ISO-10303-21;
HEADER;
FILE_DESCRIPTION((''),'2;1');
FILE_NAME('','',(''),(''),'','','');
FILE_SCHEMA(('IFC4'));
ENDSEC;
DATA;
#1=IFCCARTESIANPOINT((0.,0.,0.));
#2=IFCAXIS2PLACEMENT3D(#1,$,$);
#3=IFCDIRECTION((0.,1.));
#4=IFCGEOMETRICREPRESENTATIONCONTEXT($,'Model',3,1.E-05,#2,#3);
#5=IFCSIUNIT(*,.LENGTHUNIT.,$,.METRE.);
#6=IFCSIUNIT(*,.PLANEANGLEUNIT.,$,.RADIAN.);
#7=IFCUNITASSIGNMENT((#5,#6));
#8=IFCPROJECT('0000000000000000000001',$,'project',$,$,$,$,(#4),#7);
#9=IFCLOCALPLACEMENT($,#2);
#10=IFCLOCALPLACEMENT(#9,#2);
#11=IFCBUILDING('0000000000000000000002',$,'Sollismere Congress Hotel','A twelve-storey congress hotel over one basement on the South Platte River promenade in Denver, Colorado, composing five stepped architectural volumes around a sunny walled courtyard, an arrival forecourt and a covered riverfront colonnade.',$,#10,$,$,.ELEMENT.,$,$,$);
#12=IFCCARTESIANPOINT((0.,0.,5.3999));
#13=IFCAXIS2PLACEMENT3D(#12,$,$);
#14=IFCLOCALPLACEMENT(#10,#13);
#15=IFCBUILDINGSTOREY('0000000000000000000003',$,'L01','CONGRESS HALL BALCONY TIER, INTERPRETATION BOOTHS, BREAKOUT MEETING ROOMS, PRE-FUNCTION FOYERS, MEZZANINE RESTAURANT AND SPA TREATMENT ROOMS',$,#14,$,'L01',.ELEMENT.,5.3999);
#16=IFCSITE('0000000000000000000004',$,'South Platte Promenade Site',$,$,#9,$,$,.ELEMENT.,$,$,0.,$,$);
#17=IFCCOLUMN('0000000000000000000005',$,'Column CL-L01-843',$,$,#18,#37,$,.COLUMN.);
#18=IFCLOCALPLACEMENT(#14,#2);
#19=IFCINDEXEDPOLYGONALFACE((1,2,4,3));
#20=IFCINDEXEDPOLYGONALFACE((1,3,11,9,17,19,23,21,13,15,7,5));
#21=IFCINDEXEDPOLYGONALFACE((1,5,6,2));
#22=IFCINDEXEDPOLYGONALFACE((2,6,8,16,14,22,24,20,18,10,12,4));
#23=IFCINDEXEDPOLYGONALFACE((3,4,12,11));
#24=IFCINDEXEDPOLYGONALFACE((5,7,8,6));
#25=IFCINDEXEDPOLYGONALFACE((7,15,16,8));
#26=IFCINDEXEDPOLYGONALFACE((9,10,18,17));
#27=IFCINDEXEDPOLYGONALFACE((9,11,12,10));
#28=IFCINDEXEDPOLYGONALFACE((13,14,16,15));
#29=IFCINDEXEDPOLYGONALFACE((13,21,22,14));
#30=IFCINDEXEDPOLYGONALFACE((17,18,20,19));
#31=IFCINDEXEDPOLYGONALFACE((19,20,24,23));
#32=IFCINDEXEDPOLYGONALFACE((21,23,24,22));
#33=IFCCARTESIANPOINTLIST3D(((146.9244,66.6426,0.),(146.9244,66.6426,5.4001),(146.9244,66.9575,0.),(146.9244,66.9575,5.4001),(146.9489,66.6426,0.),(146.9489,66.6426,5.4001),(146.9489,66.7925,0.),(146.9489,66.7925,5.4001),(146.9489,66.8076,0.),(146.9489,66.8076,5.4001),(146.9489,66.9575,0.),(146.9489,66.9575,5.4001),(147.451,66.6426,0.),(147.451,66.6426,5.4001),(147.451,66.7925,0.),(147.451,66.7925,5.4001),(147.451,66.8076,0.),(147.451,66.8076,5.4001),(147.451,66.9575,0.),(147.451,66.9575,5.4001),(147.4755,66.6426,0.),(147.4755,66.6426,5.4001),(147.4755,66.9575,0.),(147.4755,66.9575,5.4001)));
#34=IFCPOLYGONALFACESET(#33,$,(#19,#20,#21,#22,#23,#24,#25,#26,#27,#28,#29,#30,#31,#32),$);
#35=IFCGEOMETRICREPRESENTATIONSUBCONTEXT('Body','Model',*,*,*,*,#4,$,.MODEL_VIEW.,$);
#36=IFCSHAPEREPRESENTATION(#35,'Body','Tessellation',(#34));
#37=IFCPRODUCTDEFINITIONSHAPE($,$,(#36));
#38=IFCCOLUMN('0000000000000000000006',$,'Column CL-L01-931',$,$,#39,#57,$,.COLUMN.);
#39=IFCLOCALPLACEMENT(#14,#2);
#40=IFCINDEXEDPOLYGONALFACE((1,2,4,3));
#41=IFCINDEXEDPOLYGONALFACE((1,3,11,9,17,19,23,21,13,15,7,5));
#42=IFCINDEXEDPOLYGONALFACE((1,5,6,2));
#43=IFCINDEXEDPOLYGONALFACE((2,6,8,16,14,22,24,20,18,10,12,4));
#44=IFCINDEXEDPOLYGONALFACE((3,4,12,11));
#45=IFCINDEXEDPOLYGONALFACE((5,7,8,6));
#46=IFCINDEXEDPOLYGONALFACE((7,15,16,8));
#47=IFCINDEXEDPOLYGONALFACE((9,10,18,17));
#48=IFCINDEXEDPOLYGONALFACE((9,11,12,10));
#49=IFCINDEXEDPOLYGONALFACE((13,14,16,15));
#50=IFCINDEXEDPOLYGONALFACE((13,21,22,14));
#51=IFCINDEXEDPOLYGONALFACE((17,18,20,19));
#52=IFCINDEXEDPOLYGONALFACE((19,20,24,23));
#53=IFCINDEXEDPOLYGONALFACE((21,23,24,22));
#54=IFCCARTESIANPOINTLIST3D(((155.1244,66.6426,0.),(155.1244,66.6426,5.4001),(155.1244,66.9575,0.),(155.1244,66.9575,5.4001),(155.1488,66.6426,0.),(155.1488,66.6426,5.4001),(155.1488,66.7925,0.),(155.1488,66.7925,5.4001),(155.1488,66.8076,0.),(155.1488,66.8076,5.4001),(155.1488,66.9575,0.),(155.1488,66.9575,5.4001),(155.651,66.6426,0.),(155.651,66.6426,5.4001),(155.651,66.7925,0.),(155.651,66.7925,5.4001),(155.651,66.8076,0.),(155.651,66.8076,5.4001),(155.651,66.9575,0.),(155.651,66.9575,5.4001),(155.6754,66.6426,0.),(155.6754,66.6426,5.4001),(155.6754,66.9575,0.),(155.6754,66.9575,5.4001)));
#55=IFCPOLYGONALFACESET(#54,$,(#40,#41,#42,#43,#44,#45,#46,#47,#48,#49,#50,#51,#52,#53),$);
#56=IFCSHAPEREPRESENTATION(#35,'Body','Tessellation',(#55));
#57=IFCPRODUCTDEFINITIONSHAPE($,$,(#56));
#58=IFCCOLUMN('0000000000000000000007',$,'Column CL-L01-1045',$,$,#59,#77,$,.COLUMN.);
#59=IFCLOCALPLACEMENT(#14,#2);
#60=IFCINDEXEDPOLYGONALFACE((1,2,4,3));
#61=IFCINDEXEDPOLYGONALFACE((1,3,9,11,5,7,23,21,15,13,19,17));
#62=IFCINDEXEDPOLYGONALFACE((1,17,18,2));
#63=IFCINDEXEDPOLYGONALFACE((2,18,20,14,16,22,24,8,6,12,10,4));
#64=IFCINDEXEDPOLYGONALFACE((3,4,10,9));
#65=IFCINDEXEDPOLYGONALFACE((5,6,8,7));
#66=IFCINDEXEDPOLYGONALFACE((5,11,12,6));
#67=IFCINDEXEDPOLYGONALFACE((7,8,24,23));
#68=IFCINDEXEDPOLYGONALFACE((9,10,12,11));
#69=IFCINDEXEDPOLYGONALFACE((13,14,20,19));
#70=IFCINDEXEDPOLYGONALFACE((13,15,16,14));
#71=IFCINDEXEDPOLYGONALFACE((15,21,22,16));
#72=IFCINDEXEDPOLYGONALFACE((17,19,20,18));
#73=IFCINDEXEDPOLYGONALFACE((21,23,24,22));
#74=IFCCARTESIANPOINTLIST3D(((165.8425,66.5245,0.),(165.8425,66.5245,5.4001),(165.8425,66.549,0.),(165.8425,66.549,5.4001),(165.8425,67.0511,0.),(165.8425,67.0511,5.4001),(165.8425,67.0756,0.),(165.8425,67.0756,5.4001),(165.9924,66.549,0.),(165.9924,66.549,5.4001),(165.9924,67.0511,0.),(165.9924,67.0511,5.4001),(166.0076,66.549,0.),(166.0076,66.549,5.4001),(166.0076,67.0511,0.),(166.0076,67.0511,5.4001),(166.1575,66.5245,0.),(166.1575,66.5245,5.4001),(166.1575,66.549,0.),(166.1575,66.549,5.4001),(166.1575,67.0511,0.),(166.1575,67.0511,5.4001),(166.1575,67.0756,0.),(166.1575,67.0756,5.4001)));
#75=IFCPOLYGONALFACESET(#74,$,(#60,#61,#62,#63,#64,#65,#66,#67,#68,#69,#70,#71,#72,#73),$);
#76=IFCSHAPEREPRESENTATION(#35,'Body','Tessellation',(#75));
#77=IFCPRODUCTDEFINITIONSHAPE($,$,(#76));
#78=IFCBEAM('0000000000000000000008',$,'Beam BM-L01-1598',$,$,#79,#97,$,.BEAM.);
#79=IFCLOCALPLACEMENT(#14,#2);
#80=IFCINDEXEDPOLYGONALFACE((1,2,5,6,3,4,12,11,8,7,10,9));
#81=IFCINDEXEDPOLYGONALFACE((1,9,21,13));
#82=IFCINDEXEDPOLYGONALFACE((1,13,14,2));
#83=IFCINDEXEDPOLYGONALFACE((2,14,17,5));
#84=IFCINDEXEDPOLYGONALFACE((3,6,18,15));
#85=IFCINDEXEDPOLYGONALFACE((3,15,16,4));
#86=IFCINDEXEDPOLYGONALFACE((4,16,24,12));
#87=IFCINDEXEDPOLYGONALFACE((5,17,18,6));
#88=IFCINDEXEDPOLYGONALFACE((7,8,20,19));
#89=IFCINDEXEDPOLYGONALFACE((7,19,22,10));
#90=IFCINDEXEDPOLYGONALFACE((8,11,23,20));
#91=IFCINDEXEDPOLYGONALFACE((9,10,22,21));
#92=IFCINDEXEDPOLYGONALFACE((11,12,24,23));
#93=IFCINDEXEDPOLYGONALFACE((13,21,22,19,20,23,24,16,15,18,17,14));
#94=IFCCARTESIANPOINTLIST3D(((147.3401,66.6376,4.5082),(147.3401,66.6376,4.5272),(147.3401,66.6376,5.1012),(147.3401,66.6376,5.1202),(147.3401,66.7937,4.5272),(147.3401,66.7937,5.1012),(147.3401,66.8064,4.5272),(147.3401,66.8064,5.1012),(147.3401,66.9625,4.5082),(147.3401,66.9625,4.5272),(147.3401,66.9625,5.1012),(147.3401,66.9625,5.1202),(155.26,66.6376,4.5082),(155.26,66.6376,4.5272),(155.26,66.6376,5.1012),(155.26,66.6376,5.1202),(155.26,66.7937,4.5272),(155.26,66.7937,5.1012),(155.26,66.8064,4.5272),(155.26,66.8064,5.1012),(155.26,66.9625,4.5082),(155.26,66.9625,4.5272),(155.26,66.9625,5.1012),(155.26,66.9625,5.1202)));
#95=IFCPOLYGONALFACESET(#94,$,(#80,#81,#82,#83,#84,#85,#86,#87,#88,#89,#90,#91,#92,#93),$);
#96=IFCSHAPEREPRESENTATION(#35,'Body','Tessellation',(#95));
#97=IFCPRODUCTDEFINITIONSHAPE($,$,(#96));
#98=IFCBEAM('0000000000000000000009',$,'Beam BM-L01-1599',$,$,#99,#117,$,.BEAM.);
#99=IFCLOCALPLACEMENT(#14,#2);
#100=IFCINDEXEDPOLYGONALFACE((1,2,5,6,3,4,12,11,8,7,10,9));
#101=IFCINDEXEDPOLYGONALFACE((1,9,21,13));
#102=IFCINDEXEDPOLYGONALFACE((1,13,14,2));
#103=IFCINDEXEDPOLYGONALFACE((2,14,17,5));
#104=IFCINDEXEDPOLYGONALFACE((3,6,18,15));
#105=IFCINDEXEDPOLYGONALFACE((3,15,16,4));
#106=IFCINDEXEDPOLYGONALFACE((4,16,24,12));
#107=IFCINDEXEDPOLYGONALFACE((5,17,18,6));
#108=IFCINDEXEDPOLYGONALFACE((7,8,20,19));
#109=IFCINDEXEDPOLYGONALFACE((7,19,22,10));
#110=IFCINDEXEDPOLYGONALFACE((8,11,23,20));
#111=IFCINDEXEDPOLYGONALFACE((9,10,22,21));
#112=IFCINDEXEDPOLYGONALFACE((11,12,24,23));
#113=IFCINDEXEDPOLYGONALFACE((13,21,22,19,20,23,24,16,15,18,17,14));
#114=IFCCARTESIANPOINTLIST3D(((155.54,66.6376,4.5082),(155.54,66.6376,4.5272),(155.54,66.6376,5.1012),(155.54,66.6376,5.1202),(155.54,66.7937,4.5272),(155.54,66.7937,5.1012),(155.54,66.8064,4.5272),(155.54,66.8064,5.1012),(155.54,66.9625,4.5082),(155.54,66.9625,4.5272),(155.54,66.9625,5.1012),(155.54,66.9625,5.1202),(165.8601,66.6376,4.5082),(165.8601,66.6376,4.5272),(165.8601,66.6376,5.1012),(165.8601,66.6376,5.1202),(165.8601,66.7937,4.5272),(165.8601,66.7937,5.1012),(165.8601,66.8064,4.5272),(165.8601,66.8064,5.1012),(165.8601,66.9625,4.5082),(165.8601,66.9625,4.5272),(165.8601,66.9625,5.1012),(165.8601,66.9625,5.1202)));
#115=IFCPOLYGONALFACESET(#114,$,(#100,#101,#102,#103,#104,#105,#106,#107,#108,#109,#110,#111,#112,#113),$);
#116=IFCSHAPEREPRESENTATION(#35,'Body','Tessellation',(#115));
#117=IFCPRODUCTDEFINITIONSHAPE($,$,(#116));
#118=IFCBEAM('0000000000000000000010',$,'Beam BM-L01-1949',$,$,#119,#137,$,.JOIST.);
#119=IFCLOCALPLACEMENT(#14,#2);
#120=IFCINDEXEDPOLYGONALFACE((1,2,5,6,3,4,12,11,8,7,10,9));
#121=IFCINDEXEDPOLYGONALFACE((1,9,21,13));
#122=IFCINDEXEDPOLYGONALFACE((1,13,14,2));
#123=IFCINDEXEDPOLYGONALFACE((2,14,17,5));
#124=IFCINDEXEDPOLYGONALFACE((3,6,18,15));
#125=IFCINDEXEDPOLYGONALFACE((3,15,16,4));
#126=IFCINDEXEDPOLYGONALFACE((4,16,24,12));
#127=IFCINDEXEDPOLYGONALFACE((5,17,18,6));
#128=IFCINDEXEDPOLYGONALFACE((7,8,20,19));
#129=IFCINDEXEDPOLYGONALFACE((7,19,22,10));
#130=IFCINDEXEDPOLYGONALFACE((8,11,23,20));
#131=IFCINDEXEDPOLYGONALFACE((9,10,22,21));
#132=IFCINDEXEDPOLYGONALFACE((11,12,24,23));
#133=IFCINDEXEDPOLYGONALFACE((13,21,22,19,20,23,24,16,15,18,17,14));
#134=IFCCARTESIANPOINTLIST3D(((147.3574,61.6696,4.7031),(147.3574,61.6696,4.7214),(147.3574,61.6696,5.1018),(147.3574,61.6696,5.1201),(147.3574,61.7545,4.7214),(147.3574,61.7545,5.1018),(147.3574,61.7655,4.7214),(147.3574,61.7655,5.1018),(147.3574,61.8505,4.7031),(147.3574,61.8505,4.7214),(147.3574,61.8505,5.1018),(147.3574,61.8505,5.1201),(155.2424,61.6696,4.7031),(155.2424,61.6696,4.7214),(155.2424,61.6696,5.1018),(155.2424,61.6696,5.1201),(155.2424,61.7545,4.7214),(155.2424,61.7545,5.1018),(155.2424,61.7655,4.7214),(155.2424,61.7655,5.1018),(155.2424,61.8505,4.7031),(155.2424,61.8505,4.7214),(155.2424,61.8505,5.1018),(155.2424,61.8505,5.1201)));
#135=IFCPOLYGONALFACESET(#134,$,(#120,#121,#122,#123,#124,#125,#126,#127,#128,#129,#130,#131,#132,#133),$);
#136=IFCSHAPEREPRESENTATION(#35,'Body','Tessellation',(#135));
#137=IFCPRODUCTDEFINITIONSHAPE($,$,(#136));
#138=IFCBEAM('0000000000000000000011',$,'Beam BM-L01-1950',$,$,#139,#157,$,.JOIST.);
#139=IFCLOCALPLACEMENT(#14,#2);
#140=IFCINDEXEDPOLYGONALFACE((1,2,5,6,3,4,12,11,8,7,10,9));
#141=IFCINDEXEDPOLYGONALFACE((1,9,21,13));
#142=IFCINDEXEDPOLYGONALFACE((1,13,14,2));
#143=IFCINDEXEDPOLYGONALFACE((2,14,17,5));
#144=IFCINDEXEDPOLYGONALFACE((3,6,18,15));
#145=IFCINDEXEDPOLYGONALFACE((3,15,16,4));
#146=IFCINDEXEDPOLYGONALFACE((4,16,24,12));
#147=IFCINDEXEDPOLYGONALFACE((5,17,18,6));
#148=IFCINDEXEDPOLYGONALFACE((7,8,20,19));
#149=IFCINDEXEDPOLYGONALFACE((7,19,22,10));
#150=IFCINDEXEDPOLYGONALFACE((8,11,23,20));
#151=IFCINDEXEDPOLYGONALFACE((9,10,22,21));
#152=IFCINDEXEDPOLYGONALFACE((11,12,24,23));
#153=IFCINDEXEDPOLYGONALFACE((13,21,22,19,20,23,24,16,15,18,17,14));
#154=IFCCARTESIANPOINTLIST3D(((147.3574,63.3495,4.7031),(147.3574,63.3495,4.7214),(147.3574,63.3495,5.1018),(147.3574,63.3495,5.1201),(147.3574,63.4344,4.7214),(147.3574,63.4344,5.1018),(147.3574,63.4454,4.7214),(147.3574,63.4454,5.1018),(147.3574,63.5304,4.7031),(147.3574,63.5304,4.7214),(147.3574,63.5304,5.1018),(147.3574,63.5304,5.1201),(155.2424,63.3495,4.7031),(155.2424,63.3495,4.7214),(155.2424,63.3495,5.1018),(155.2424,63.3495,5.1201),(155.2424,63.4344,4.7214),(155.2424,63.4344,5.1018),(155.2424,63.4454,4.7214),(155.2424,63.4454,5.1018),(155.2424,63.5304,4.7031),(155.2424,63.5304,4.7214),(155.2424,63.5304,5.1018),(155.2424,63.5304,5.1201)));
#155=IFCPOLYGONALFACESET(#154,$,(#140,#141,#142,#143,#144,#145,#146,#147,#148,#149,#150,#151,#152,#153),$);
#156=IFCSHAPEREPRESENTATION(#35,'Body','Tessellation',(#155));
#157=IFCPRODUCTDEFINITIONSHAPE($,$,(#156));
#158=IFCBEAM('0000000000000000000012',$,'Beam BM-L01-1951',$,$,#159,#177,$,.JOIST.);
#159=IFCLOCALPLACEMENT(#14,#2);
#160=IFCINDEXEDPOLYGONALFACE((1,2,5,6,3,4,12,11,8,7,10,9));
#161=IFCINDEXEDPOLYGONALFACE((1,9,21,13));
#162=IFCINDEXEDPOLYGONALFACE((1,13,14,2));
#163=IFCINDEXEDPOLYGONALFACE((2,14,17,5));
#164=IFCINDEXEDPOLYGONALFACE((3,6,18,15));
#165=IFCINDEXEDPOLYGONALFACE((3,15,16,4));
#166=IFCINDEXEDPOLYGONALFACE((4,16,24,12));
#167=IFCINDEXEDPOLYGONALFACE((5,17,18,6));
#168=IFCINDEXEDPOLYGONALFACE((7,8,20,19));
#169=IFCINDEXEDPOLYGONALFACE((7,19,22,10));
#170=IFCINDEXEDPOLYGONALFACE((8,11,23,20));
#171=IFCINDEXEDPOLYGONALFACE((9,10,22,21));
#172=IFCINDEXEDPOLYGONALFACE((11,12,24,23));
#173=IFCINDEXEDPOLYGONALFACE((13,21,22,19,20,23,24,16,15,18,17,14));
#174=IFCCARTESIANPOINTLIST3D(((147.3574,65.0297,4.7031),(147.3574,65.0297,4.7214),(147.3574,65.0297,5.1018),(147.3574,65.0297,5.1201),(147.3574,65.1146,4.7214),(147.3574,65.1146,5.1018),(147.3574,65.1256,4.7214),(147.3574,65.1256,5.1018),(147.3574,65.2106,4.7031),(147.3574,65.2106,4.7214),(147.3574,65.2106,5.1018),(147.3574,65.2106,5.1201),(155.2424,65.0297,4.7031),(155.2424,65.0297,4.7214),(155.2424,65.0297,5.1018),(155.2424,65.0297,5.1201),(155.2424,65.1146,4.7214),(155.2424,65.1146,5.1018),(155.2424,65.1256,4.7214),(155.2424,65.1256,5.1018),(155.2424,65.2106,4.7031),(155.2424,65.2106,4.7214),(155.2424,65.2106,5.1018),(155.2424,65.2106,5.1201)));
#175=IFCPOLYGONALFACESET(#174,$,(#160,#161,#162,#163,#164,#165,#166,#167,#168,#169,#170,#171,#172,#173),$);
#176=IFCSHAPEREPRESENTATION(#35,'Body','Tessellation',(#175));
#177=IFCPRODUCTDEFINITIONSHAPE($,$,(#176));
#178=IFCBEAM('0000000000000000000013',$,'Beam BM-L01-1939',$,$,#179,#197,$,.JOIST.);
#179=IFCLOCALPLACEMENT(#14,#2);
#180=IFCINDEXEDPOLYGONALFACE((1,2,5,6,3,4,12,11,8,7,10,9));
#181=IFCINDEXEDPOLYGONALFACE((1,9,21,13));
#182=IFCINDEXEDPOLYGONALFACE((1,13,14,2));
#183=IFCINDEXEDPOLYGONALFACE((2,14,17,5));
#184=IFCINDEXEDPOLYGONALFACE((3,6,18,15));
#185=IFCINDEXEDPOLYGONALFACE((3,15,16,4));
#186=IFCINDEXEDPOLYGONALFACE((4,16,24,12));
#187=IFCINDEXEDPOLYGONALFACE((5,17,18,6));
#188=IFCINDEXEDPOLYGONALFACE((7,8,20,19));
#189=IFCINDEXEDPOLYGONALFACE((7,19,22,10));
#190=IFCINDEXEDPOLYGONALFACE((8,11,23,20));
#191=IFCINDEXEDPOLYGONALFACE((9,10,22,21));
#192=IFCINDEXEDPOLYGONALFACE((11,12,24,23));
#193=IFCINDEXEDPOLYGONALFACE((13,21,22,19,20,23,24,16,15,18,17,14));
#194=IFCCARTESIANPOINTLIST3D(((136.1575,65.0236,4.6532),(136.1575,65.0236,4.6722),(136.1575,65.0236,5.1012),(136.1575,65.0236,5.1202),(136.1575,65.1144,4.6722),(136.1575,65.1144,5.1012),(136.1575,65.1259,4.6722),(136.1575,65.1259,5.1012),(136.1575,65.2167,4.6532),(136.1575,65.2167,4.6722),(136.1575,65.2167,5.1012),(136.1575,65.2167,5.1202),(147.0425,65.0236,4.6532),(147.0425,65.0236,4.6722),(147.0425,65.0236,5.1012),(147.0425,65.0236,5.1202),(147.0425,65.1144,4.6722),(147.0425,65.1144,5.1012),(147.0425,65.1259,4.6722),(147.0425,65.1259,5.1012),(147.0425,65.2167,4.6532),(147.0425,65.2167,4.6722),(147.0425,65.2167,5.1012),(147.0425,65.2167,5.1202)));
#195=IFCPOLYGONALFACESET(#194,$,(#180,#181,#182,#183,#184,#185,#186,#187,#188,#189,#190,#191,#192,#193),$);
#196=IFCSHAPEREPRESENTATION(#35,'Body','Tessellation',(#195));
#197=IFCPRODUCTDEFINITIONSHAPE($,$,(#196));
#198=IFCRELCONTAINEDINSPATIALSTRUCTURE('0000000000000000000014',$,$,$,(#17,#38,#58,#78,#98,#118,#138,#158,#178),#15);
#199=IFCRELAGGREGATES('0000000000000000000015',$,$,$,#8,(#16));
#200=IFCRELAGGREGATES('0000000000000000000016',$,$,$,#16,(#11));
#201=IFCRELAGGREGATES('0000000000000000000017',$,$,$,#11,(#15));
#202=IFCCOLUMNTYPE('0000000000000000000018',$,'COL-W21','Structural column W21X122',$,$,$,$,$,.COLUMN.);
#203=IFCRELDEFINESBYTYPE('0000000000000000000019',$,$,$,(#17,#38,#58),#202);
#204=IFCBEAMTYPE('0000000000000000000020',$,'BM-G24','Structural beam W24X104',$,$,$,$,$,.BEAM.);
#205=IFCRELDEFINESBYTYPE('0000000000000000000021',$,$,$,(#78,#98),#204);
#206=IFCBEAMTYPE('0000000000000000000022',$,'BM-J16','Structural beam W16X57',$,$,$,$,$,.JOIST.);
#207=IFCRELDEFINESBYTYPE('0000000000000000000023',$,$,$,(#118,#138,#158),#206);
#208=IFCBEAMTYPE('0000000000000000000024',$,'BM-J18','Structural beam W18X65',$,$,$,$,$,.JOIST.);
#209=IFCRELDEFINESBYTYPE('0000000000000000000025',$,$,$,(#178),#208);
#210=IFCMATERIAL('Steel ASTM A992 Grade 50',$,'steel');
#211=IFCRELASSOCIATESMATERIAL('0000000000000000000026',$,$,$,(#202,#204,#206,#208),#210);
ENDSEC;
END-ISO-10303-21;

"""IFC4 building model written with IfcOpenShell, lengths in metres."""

from ifc_helpers import new_model, si_unit, direction, frame, origin, origin_2d, place, context, subcontext, project, spatial, i_section, extrude, material, material_profile, profile_set, type_object, element, save


model = new_model("IFC4")

# Units and contexts
model_context = context("Model", 3, precision=1e-05, world=origin(), true_north=direction((0.0, 1.0)))
body_context = subcontext(model_context, "Body", "Model", "MODEL_VIEW")
ifc_project = project(units=[si_unit("LENGTHUNIT", "METRE"), si_unit("PLANEANGLEUNIT", "RADIAN")], contexts=[model_context])

# Site, building, storey
site_placement = place(None, origin())
site = spatial("IfcSite", under=ifc_project, at=site_placement, Name="South Platte Promenade Site", CompositionType="ELEMENT", RefElevation=0.0)
building_placement = place(site_placement, origin())
building = spatial("IfcBuilding", under=site, at=building_placement, Name="Sollismere Congress Hotel", Description="A twelve-storey congress hotel over one basement on the South Platte River promenade in Denver, Colorado, composing five stepped architectural volumes around a sunny walled courtyard, an arrival forecourt and a covered riverfront colonnade.", CompositionType="ELEMENT")
storey_placement = place(building_placement, frame((0.0, 0.0, 5.3999)))
storey = spatial("IfcBuildingStorey", under=building, at=storey_placement, Name="L01", Description="CONGRESS HALL BALCONY TIER, INTERPRETATION BOOTHS, BREAKOUT MEETING ROOMS, PRE-FUNCTION FOYERS, MEZZANINE RESTAURANT AND SPA TREATMENT ROOMS", LongName="L01", CompositionType="ELEMENT", Elevation=5.3999)

# Columns
ifc_material_1 = material(Name="Steel ASTM A992 Grade 50", Category="steel")
ifc_material_profile_1 = material_profile(ifc_material_1, i_section(OverallWidth=0.3149, OverallDepth=0.551, WebThickness=0.0151, FlangeThickness=0.0244, at=origin_2d()), Name="W21X122")
ifc_profile_set_1 = profile_set([ifc_material_profile_1], Name="Steel ASTM A992 Grade 50")
column_type = type_object("IfcColumnType", Name="COL-W21", Description="Structural column W21X122", PredefinedType="COLUMN", material=ifc_profile_set_1)
for number, where, z_axis, x_axis, name in (
    (1, (147.2, 66.8, 0.0), (0.0, 0.0, 1.0), (0.0, 1.0, 0.0), "Column CL-L01-843"),
    (2, (155.3999, 66.8, 0.0), (0.0, 0.0, 1.0), (0.0, 1.0, 0.0), "Column CL-L01-931"),
    (3, (166.0, 66.8, 0.0), (0.0, 0.0, 1.0), (1.0, 0.0, 0.0), "Column CL-L01-1045"),
):
    element("IfcColumn", number, at=place(storey_placement, frame(where, z_axis=z_axis, x_axis=x_axis)), inside=storey, type_object=column_type, Name=name, PredefinedType="COLUMN", context=body_context, shape_type="SweptSolid", body=[
        extrude(i_section(OverallWidth=0.3149, OverallDepth=0.551, WebThickness=0.0151, FlangeThickness=0.0244, at=origin_2d()), origin(), (0.0, 0.0, 1.0), 5.4001),
    ])

# Beams
ifc_material_profile_2 = material_profile(ifc_material_1, i_section(OverallWidth=0.325, OverallDepth=0.6121, WebThickness=0.0127, FlangeThickness=0.019, at=origin_2d()), Name="W24X104")
ifc_profile_set_2 = profile_set([ifc_material_profile_2], Name="Steel ASTM A992 Grade 50")
beam_type_1 = type_object("IfcBeamType", Name="BM-G24", Description="Structural beam W24X104", PredefinedType="BEAM", material=ifc_profile_set_2)
beam_1_placement = place(storey_placement, frame((147.3401, 66.8, 4.8142), z_axis=(1.0, 0.0, 0.0), x_axis=(0.0, 1.0, 0.0)))
element("IfcBeam", 4, at=beam_1_placement, inside=storey, type_object=beam_type_1, Name="Beam BM-L01-1598", PredefinedType="BEAM", context=body_context, shape_type="SweptSolid", body=[
    extrude(i_section(OverallWidth=0.325, OverallDepth=0.6121, WebThickness=0.0127, FlangeThickness=0.019, at=origin_2d()), origin(), (0.0, 0.0, 1.0), 7.9199),
])
beam_2_placement = place(storey_placement, frame((155.54, 66.8, 4.8142), z_axis=(1.0, 0.0, 0.0), x_axis=(0.0, 1.0, 0.0)))
element("IfcBeam", 5, at=beam_2_placement, inside=storey, type_object=beam_type_1, Name="Beam BM-L01-1599", PredefinedType="BEAM", context=body_context, shape_type="SweptSolid", body=[
    extrude(i_section(OverallWidth=0.325, OverallDepth=0.6121, WebThickness=0.0127, FlangeThickness=0.019, at=origin_2d()), origin(), (0.0, 0.0, 1.0), 10.3201),
])
ifc_material_profile_3 = material_profile(ifc_material_1, i_section(OverallWidth=0.1809, OverallDepth=0.417, WebThickness=0.011, FlangeThickness=0.0183, at=origin_2d()), Name="W16X57")
ifc_profile_set_3 = profile_set([ifc_material_profile_3], Name="Steel ASTM A992 Grade 50")
beam_type_2 = type_object("IfcBeamType", Name="BM-J16", Description="Structural beam W16X57", PredefinedType="JOIST", material=ifc_profile_set_3)
for number, where, z_axis, x_axis, name in (
    (6, (147.3574, 61.76, 4.9116), (1.0, 0.0, 0.0), (0.0, 1.0, 0.0), "Beam BM-L01-1949"),
    (7, (147.3574, 63.4399, 4.9116), (1.0, 0.0, 0.0), (0.0, 1.0, 0.0), "Beam BM-L01-1950"),
    (8, (147.3574, 65.1201, 4.9116), (1.0, 0.0, 0.0), (0.0, 1.0, 0.0), "Beam BM-L01-1951"),
):
    element("IfcBeam", number, at=place(storey_placement, frame(where, z_axis=z_axis, x_axis=x_axis)), inside=storey, type_object=beam_type_2, Name=name, PredefinedType="JOIST", context=body_context, shape_type="SweptSolid", body=[
        extrude(i_section(OverallWidth=0.1809, OverallDepth=0.417, WebThickness=0.011, FlangeThickness=0.0183, at=origin_2d()), origin(), (0.0, 0.0, 1.0), 7.885),
    ])
ifc_material_profile_4 = material_profile(ifc_material_1, i_section(OverallWidth=0.1931, OverallDepth=0.467, WebThickness=0.0115, FlangeThickness=0.019, at=origin_2d()), Name="W18X65")
ifc_profile_set_4 = profile_set([ifc_material_profile_4], Name="Steel ASTM A992 Grade 50")
beam_type_3 = type_object("IfcBeamType", Name="BM-J18", Description="Structural beam W18X65", PredefinedType="JOIST", material=ifc_profile_set_4)
beam_3_placement = place(storey_placement, frame((136.1575, 65.1201, 4.8867), z_axis=(1.0, 0.0, 0.0), x_axis=(0.0, 1.0, 0.0)))
element("IfcBeam", 9, at=beam_3_placement, inside=storey, type_object=beam_type_3, Name="Beam BM-L01-1939", PredefinedType="JOIST", context=body_context, shape_type="SweptSolid", body=[
    extrude(i_section(OverallWidth=0.1931, OverallDepth=0.467, WebThickness=0.0115, FlangeThickness=0.019, at=origin_2d()), origin(), (0.0, 0.0, 1.0), 10.885),
])

save(model, "model.ifc")
